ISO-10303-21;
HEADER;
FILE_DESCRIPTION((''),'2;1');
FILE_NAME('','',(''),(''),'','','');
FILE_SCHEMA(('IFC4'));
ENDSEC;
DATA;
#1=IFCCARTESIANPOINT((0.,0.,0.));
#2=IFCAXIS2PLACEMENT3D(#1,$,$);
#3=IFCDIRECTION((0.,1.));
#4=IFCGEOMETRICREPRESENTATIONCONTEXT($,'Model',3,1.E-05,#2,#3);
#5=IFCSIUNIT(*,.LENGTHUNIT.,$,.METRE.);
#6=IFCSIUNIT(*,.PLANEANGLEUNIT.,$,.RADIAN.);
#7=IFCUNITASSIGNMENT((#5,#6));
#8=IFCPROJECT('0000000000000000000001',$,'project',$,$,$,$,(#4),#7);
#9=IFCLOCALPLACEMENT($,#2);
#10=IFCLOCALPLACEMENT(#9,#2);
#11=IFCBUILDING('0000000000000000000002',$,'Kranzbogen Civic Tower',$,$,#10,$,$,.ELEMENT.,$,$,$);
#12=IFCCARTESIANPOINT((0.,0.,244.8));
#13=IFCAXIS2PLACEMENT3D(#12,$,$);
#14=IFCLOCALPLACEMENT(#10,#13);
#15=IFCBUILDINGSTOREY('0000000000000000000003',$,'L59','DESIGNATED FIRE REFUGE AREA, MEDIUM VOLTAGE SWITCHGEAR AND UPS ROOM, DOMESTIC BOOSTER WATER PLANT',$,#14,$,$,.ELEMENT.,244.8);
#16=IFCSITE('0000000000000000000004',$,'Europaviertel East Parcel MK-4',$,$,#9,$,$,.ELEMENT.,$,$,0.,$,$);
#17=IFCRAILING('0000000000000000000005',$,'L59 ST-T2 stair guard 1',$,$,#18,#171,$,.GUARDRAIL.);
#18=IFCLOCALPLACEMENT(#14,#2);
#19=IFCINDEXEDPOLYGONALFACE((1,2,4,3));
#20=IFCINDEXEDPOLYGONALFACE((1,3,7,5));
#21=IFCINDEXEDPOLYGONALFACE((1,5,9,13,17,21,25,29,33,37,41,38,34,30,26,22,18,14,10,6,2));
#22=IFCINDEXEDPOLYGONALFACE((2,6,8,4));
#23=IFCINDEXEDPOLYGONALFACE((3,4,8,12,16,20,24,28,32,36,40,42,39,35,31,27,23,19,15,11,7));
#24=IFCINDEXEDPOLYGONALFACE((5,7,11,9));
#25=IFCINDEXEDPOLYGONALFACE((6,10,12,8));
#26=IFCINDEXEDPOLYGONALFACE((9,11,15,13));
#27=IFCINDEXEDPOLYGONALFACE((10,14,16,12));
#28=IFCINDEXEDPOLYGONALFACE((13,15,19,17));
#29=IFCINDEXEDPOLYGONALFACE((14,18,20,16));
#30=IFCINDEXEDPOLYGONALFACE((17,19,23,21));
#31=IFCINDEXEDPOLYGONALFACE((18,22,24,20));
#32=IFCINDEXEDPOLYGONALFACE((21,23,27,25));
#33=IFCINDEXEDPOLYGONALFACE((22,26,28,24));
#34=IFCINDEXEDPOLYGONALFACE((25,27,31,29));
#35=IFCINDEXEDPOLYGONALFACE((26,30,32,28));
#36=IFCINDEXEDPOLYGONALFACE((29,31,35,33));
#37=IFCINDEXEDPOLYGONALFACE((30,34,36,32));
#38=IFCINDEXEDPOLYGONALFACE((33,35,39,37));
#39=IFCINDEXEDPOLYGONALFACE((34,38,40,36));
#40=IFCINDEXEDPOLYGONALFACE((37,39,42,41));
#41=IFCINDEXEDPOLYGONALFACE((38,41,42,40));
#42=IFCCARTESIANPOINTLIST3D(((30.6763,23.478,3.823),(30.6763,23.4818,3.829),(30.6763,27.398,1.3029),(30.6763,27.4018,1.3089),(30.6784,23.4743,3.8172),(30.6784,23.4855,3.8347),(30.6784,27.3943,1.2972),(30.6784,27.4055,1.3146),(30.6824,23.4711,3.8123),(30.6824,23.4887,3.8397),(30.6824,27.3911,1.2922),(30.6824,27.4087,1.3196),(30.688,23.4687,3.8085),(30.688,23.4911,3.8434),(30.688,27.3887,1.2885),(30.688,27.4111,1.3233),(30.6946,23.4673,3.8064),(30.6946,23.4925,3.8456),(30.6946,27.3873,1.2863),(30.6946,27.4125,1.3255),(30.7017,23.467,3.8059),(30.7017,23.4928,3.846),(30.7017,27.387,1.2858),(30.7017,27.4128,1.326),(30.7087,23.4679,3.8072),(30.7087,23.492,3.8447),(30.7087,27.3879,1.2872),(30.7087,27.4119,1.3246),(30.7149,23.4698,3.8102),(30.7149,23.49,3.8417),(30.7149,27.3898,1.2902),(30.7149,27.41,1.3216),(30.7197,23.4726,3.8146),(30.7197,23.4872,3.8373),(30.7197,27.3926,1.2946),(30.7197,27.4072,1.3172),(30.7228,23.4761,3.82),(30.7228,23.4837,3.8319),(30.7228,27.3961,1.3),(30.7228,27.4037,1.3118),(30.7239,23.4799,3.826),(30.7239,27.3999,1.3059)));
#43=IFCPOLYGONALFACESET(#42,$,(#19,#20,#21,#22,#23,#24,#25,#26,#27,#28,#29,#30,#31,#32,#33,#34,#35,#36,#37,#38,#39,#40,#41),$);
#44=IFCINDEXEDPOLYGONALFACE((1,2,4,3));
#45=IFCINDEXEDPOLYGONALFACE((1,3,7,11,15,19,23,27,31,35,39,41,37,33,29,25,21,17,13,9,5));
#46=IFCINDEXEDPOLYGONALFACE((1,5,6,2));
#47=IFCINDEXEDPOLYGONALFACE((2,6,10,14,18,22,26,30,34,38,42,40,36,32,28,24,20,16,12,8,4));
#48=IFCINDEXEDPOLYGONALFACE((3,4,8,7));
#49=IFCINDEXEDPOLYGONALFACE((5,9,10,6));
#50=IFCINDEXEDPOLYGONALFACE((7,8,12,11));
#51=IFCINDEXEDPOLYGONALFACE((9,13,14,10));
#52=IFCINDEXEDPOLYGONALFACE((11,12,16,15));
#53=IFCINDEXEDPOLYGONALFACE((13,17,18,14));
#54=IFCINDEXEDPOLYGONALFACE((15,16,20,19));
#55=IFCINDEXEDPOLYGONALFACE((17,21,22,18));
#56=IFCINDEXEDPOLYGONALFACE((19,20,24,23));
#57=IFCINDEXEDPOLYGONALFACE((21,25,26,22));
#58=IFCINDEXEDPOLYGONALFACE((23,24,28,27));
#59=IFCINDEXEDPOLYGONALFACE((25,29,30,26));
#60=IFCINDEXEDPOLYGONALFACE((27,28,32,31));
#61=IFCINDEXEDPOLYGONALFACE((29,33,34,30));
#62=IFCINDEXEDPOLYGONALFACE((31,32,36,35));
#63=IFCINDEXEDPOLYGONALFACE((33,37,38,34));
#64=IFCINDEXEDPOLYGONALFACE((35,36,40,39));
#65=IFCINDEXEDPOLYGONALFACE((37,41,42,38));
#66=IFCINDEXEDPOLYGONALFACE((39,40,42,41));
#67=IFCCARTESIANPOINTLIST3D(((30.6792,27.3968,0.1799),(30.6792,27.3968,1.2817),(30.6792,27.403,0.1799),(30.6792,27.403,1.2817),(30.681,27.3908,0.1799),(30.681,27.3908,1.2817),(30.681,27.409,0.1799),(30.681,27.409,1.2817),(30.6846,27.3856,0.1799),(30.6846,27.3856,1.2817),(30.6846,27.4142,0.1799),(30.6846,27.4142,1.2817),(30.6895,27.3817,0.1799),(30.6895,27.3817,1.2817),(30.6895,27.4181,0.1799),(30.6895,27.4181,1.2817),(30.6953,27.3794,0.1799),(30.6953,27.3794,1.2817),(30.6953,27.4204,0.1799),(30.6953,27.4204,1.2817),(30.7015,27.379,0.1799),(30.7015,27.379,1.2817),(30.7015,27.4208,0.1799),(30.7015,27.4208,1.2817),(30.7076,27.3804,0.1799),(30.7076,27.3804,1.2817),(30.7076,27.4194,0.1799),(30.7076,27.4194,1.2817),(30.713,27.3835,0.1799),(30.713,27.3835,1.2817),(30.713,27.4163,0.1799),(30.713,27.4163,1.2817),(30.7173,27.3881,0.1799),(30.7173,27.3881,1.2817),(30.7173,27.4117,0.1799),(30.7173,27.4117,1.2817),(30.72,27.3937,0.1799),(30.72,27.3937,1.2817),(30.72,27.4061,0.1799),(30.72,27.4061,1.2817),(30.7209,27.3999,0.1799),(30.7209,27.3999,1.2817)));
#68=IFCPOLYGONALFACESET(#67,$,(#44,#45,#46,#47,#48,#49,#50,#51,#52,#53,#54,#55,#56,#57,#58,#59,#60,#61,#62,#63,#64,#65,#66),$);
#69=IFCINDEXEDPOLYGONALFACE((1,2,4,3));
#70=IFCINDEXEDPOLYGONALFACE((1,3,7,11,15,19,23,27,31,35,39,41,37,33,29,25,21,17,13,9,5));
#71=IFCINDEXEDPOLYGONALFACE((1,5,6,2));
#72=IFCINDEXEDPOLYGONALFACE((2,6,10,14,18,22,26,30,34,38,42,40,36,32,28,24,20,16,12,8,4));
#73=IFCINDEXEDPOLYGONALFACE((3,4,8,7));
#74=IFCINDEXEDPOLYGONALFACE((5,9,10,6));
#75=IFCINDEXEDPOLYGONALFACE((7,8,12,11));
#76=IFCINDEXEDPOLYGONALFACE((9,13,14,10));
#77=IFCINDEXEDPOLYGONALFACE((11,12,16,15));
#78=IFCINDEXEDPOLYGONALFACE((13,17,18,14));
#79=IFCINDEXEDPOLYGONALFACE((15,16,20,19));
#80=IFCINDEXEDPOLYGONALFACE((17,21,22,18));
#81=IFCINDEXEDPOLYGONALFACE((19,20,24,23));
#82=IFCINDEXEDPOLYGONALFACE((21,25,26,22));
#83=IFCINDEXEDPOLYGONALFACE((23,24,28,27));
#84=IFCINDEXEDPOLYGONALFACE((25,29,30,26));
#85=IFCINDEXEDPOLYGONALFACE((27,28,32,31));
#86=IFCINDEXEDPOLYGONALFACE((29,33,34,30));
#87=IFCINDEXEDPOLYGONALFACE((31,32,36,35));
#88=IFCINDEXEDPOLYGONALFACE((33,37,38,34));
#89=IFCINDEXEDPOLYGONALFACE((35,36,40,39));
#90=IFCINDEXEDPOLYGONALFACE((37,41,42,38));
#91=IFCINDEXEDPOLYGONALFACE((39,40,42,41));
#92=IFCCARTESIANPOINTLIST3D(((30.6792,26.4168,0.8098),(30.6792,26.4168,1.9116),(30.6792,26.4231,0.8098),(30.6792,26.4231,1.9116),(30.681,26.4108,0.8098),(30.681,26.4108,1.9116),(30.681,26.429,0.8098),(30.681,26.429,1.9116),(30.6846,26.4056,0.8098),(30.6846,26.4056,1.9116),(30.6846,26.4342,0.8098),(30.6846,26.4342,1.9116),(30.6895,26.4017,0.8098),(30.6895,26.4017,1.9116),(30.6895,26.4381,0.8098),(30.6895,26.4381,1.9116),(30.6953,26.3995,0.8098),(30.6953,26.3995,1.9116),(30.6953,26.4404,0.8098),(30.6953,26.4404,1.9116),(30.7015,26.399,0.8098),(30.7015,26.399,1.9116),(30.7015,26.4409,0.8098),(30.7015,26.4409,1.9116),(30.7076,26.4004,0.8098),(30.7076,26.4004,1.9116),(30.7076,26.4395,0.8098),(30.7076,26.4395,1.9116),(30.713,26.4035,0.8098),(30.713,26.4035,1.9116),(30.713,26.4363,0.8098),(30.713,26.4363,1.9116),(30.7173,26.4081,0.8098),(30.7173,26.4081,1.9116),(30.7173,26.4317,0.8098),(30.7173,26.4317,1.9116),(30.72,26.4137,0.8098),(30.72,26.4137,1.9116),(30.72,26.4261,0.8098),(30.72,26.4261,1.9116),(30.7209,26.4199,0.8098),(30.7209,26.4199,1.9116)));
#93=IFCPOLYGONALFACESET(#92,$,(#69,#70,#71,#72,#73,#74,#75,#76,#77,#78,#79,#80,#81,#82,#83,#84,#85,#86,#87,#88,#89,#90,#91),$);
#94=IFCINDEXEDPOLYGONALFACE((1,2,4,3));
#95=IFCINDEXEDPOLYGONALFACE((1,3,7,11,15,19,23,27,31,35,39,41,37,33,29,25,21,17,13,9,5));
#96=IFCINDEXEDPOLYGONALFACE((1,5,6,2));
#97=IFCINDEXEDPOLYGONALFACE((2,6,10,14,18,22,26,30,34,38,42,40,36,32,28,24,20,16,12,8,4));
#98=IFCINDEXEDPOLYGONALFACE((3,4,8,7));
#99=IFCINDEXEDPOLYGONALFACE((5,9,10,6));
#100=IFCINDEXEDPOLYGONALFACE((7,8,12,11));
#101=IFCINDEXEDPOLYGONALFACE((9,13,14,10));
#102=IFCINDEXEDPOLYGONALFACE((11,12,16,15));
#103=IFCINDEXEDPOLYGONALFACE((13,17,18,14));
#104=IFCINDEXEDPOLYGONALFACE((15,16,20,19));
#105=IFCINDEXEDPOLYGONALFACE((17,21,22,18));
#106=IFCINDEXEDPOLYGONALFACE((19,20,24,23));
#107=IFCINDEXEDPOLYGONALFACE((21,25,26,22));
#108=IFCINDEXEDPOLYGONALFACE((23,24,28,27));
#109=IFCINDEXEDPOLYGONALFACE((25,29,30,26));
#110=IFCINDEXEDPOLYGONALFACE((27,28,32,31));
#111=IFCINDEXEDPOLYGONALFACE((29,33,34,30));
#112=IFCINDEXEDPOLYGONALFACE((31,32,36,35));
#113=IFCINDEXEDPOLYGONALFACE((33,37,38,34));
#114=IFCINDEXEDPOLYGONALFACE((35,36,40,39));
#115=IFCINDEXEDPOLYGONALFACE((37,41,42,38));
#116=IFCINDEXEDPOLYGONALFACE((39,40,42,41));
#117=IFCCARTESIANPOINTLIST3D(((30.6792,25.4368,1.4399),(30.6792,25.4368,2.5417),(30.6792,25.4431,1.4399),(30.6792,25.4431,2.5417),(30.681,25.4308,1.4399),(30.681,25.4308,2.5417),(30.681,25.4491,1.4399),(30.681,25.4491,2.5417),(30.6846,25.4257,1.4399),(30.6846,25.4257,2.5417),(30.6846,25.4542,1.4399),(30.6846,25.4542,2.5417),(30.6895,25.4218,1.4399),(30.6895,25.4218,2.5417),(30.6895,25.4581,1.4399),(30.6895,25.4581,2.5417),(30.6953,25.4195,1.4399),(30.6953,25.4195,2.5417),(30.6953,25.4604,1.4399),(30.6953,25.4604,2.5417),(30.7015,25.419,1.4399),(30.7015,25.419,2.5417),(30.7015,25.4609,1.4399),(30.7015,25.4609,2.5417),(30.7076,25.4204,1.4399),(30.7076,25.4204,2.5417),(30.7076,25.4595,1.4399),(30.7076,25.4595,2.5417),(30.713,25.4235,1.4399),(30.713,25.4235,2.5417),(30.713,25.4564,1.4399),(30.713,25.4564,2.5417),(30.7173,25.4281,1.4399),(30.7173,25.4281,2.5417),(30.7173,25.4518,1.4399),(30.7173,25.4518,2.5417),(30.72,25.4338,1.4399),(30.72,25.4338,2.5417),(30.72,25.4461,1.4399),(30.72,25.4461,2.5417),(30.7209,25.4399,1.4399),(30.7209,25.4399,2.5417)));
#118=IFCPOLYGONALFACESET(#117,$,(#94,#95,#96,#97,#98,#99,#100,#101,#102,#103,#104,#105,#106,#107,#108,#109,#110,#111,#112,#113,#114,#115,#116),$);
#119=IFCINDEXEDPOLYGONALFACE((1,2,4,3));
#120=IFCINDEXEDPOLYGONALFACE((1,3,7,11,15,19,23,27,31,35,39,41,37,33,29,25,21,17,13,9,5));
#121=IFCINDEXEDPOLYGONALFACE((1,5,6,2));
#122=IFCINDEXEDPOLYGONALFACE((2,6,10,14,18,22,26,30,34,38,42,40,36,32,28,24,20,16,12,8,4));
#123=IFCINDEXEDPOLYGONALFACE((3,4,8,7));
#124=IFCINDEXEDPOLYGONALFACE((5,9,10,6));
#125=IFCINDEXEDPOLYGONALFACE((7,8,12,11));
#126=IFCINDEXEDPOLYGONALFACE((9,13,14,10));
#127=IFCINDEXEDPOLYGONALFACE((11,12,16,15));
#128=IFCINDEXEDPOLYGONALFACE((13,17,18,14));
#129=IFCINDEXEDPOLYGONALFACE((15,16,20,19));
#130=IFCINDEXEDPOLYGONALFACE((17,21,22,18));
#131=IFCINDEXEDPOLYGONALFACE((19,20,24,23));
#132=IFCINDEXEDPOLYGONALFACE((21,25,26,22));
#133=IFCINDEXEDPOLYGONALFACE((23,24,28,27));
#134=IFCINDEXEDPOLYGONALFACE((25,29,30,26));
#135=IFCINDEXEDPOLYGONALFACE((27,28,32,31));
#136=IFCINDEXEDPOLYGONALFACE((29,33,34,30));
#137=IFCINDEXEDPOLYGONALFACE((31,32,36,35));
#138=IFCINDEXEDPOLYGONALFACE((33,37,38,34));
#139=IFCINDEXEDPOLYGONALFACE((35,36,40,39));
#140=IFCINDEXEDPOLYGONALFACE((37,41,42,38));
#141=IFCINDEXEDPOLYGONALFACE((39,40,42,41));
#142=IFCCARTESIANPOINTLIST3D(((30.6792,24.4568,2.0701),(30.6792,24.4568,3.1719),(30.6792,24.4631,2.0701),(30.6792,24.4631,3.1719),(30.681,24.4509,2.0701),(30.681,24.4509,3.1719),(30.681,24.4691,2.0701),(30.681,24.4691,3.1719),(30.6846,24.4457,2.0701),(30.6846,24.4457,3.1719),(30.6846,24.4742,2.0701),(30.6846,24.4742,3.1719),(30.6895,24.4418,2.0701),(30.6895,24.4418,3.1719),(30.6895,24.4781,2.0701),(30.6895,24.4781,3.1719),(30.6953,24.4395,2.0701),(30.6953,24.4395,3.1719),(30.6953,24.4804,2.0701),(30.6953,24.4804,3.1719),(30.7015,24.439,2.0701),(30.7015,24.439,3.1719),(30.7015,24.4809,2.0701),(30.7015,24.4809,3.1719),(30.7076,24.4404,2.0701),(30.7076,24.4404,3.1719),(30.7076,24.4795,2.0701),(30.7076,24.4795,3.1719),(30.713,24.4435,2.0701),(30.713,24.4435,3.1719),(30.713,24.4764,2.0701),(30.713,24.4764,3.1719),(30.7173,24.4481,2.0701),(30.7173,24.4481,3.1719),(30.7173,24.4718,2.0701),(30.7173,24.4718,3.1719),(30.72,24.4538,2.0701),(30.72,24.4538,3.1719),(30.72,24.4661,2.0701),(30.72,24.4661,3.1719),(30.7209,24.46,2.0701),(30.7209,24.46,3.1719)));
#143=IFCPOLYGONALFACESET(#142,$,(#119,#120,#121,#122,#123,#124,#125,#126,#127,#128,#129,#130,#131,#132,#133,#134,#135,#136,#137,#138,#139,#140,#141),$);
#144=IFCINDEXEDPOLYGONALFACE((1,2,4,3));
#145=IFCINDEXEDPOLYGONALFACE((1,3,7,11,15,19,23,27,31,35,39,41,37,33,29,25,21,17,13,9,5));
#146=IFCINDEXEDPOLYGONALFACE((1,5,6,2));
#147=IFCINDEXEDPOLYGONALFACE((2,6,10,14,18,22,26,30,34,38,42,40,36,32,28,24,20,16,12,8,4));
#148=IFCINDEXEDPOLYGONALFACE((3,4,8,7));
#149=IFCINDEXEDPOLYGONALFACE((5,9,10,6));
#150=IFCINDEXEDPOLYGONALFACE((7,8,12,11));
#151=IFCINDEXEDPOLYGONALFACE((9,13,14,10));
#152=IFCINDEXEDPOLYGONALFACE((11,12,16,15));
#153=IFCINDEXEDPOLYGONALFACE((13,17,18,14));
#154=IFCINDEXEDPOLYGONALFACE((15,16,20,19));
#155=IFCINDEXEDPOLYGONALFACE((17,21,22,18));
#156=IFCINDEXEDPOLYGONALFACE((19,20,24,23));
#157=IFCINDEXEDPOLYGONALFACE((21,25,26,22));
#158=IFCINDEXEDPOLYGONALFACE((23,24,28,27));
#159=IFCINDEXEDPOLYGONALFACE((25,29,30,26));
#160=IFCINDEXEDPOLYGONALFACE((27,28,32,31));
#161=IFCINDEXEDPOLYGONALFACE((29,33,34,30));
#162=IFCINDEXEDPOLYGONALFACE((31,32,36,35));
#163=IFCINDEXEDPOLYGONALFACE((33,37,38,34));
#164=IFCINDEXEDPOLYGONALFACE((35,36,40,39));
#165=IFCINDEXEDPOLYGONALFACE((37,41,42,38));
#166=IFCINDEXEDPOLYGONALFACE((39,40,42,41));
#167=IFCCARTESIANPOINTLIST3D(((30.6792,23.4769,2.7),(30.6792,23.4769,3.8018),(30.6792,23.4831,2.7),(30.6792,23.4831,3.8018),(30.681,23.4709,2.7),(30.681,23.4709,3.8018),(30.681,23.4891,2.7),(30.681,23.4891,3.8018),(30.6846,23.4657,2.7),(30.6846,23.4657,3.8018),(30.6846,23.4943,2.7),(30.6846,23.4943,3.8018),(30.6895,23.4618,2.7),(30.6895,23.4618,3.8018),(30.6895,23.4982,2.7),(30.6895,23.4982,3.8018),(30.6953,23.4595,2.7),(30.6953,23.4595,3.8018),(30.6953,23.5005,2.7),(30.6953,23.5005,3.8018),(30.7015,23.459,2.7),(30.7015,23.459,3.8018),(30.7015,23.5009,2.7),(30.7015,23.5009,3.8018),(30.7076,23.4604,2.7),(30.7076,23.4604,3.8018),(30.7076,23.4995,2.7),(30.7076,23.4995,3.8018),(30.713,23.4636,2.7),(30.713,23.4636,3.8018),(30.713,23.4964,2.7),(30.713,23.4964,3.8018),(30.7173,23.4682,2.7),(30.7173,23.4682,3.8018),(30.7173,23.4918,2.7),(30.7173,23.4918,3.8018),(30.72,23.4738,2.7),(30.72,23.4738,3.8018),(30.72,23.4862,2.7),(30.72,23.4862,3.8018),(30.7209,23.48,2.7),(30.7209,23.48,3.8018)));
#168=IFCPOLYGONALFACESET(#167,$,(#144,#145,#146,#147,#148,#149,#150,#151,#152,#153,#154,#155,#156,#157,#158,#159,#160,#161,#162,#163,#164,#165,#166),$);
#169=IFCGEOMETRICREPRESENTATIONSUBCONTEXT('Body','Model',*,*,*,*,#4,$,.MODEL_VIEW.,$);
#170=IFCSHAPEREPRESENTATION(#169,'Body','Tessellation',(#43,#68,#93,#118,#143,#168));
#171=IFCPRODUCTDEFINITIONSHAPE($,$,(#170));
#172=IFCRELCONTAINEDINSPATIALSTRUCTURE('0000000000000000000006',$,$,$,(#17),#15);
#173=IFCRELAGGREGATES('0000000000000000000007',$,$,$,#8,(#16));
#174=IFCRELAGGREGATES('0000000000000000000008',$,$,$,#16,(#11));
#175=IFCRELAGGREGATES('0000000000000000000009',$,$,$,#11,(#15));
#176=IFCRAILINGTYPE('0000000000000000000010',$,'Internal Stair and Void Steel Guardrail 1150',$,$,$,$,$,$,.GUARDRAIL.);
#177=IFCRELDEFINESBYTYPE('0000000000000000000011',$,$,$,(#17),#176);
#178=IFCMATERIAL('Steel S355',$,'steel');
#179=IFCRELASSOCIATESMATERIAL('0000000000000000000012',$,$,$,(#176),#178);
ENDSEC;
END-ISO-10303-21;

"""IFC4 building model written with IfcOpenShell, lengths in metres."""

from ifc_helpers import new_model, si_unit, direction, frame, origin, origin_2d, place, context, subcontext, project, spatial, circle, extrude, material, type_object, element, save


model = new_model("IFC4")

# Units and contexts
model_context = context("Model", 3, precision=1e-05, world=origin(), true_north=direction((0.0, 1.0)))
body_context = subcontext(model_context, "Body", "Model", "MODEL_VIEW")
ifc_project = project(units=[si_unit("LENGTHUNIT", "METRE"), si_unit("PLANEANGLEUNIT", "RADIAN")], contexts=[model_context])

# Site, building, storey
site_placement = place(None, origin())
site = spatial("IfcSite", under=ifc_project, at=site_placement, Name="Europaviertel East Parcel MK-4", CompositionType="ELEMENT", RefElevation=0.0)
building_placement = place(site_placement, origin())
building = spatial("IfcBuilding", under=site, at=building_placement, Name="Kranzbogen Civic Tower", CompositionType="ELEMENT")
storey_placement = place(building_placement, frame((0.0, 0.0, 244.8)))
storey = spatial("IfcBuildingStorey", under=building, at=storey_placement, Name="L59", Description="DESIGNATED FIRE REFUGE AREA, MEDIUM VOLTAGE SWITCHGEAR AND UPS ROOM, DOMESTIC BOOSTER WATER PLANT", CompositionType="ELEMENT", Elevation=244.8)

# Shared definitions
ifc_material_1 = material(Name="Steel S355", Category="steel")

# Railing
railing_type_1 = type_object("IfcRailingType", Name="Internal Stair and Void Steel Guardrail 1150", PredefinedType="GUARDRAIL", material=ifc_material_1)
railing_1_placement = place(storey_placement, frame((30.7, 27.3999, 0.1799)))
element("IfcRailing", 1, at=railing_1_placement, inside=storey, type_object=railing_type_1, Name="L59 ST-T2 stair guard 1", PredefinedType="GUARDRAIL", context=body_context, shape_type="SweptSolid", body=[
    extrude(circle(Radius=0.0239, at=origin_2d()), frame((0.0, 0.0, 1.126), z_axis=(0.0, -0.841172, 0.540768), x_axis=(1.0, 0.0, 0.0)), (0.0, 0.0, 1.0), 4.6602),
    extrude(circle(Radius=0.021, at=origin_2d()), origin(), (0.0, 0.0, 1.0), 1.1018),
    extrude(circle(Radius=0.021, at=origin_2d()), frame((0.0, -0.98, 0.6299)), (0.0, 0.0, 1.0), 1.1018),
    extrude(circle(Radius=0.021, at=origin_2d()), frame((0.0, -1.96, 1.26)), (0.0, 0.0, 1.0), 1.1018),
    extrude(circle(Radius=0.021, at=origin_2d()), frame((0.0, -2.9399, 1.8901)), (0.0, 0.0, 1.0), 1.1018),
    extrude(circle(Radius=0.021, at=origin_2d()), frame((0.0, -3.9199, 2.52)), (0.0, 0.0, 1.0), 1.1018),
])

save(model, "model.ifc")
